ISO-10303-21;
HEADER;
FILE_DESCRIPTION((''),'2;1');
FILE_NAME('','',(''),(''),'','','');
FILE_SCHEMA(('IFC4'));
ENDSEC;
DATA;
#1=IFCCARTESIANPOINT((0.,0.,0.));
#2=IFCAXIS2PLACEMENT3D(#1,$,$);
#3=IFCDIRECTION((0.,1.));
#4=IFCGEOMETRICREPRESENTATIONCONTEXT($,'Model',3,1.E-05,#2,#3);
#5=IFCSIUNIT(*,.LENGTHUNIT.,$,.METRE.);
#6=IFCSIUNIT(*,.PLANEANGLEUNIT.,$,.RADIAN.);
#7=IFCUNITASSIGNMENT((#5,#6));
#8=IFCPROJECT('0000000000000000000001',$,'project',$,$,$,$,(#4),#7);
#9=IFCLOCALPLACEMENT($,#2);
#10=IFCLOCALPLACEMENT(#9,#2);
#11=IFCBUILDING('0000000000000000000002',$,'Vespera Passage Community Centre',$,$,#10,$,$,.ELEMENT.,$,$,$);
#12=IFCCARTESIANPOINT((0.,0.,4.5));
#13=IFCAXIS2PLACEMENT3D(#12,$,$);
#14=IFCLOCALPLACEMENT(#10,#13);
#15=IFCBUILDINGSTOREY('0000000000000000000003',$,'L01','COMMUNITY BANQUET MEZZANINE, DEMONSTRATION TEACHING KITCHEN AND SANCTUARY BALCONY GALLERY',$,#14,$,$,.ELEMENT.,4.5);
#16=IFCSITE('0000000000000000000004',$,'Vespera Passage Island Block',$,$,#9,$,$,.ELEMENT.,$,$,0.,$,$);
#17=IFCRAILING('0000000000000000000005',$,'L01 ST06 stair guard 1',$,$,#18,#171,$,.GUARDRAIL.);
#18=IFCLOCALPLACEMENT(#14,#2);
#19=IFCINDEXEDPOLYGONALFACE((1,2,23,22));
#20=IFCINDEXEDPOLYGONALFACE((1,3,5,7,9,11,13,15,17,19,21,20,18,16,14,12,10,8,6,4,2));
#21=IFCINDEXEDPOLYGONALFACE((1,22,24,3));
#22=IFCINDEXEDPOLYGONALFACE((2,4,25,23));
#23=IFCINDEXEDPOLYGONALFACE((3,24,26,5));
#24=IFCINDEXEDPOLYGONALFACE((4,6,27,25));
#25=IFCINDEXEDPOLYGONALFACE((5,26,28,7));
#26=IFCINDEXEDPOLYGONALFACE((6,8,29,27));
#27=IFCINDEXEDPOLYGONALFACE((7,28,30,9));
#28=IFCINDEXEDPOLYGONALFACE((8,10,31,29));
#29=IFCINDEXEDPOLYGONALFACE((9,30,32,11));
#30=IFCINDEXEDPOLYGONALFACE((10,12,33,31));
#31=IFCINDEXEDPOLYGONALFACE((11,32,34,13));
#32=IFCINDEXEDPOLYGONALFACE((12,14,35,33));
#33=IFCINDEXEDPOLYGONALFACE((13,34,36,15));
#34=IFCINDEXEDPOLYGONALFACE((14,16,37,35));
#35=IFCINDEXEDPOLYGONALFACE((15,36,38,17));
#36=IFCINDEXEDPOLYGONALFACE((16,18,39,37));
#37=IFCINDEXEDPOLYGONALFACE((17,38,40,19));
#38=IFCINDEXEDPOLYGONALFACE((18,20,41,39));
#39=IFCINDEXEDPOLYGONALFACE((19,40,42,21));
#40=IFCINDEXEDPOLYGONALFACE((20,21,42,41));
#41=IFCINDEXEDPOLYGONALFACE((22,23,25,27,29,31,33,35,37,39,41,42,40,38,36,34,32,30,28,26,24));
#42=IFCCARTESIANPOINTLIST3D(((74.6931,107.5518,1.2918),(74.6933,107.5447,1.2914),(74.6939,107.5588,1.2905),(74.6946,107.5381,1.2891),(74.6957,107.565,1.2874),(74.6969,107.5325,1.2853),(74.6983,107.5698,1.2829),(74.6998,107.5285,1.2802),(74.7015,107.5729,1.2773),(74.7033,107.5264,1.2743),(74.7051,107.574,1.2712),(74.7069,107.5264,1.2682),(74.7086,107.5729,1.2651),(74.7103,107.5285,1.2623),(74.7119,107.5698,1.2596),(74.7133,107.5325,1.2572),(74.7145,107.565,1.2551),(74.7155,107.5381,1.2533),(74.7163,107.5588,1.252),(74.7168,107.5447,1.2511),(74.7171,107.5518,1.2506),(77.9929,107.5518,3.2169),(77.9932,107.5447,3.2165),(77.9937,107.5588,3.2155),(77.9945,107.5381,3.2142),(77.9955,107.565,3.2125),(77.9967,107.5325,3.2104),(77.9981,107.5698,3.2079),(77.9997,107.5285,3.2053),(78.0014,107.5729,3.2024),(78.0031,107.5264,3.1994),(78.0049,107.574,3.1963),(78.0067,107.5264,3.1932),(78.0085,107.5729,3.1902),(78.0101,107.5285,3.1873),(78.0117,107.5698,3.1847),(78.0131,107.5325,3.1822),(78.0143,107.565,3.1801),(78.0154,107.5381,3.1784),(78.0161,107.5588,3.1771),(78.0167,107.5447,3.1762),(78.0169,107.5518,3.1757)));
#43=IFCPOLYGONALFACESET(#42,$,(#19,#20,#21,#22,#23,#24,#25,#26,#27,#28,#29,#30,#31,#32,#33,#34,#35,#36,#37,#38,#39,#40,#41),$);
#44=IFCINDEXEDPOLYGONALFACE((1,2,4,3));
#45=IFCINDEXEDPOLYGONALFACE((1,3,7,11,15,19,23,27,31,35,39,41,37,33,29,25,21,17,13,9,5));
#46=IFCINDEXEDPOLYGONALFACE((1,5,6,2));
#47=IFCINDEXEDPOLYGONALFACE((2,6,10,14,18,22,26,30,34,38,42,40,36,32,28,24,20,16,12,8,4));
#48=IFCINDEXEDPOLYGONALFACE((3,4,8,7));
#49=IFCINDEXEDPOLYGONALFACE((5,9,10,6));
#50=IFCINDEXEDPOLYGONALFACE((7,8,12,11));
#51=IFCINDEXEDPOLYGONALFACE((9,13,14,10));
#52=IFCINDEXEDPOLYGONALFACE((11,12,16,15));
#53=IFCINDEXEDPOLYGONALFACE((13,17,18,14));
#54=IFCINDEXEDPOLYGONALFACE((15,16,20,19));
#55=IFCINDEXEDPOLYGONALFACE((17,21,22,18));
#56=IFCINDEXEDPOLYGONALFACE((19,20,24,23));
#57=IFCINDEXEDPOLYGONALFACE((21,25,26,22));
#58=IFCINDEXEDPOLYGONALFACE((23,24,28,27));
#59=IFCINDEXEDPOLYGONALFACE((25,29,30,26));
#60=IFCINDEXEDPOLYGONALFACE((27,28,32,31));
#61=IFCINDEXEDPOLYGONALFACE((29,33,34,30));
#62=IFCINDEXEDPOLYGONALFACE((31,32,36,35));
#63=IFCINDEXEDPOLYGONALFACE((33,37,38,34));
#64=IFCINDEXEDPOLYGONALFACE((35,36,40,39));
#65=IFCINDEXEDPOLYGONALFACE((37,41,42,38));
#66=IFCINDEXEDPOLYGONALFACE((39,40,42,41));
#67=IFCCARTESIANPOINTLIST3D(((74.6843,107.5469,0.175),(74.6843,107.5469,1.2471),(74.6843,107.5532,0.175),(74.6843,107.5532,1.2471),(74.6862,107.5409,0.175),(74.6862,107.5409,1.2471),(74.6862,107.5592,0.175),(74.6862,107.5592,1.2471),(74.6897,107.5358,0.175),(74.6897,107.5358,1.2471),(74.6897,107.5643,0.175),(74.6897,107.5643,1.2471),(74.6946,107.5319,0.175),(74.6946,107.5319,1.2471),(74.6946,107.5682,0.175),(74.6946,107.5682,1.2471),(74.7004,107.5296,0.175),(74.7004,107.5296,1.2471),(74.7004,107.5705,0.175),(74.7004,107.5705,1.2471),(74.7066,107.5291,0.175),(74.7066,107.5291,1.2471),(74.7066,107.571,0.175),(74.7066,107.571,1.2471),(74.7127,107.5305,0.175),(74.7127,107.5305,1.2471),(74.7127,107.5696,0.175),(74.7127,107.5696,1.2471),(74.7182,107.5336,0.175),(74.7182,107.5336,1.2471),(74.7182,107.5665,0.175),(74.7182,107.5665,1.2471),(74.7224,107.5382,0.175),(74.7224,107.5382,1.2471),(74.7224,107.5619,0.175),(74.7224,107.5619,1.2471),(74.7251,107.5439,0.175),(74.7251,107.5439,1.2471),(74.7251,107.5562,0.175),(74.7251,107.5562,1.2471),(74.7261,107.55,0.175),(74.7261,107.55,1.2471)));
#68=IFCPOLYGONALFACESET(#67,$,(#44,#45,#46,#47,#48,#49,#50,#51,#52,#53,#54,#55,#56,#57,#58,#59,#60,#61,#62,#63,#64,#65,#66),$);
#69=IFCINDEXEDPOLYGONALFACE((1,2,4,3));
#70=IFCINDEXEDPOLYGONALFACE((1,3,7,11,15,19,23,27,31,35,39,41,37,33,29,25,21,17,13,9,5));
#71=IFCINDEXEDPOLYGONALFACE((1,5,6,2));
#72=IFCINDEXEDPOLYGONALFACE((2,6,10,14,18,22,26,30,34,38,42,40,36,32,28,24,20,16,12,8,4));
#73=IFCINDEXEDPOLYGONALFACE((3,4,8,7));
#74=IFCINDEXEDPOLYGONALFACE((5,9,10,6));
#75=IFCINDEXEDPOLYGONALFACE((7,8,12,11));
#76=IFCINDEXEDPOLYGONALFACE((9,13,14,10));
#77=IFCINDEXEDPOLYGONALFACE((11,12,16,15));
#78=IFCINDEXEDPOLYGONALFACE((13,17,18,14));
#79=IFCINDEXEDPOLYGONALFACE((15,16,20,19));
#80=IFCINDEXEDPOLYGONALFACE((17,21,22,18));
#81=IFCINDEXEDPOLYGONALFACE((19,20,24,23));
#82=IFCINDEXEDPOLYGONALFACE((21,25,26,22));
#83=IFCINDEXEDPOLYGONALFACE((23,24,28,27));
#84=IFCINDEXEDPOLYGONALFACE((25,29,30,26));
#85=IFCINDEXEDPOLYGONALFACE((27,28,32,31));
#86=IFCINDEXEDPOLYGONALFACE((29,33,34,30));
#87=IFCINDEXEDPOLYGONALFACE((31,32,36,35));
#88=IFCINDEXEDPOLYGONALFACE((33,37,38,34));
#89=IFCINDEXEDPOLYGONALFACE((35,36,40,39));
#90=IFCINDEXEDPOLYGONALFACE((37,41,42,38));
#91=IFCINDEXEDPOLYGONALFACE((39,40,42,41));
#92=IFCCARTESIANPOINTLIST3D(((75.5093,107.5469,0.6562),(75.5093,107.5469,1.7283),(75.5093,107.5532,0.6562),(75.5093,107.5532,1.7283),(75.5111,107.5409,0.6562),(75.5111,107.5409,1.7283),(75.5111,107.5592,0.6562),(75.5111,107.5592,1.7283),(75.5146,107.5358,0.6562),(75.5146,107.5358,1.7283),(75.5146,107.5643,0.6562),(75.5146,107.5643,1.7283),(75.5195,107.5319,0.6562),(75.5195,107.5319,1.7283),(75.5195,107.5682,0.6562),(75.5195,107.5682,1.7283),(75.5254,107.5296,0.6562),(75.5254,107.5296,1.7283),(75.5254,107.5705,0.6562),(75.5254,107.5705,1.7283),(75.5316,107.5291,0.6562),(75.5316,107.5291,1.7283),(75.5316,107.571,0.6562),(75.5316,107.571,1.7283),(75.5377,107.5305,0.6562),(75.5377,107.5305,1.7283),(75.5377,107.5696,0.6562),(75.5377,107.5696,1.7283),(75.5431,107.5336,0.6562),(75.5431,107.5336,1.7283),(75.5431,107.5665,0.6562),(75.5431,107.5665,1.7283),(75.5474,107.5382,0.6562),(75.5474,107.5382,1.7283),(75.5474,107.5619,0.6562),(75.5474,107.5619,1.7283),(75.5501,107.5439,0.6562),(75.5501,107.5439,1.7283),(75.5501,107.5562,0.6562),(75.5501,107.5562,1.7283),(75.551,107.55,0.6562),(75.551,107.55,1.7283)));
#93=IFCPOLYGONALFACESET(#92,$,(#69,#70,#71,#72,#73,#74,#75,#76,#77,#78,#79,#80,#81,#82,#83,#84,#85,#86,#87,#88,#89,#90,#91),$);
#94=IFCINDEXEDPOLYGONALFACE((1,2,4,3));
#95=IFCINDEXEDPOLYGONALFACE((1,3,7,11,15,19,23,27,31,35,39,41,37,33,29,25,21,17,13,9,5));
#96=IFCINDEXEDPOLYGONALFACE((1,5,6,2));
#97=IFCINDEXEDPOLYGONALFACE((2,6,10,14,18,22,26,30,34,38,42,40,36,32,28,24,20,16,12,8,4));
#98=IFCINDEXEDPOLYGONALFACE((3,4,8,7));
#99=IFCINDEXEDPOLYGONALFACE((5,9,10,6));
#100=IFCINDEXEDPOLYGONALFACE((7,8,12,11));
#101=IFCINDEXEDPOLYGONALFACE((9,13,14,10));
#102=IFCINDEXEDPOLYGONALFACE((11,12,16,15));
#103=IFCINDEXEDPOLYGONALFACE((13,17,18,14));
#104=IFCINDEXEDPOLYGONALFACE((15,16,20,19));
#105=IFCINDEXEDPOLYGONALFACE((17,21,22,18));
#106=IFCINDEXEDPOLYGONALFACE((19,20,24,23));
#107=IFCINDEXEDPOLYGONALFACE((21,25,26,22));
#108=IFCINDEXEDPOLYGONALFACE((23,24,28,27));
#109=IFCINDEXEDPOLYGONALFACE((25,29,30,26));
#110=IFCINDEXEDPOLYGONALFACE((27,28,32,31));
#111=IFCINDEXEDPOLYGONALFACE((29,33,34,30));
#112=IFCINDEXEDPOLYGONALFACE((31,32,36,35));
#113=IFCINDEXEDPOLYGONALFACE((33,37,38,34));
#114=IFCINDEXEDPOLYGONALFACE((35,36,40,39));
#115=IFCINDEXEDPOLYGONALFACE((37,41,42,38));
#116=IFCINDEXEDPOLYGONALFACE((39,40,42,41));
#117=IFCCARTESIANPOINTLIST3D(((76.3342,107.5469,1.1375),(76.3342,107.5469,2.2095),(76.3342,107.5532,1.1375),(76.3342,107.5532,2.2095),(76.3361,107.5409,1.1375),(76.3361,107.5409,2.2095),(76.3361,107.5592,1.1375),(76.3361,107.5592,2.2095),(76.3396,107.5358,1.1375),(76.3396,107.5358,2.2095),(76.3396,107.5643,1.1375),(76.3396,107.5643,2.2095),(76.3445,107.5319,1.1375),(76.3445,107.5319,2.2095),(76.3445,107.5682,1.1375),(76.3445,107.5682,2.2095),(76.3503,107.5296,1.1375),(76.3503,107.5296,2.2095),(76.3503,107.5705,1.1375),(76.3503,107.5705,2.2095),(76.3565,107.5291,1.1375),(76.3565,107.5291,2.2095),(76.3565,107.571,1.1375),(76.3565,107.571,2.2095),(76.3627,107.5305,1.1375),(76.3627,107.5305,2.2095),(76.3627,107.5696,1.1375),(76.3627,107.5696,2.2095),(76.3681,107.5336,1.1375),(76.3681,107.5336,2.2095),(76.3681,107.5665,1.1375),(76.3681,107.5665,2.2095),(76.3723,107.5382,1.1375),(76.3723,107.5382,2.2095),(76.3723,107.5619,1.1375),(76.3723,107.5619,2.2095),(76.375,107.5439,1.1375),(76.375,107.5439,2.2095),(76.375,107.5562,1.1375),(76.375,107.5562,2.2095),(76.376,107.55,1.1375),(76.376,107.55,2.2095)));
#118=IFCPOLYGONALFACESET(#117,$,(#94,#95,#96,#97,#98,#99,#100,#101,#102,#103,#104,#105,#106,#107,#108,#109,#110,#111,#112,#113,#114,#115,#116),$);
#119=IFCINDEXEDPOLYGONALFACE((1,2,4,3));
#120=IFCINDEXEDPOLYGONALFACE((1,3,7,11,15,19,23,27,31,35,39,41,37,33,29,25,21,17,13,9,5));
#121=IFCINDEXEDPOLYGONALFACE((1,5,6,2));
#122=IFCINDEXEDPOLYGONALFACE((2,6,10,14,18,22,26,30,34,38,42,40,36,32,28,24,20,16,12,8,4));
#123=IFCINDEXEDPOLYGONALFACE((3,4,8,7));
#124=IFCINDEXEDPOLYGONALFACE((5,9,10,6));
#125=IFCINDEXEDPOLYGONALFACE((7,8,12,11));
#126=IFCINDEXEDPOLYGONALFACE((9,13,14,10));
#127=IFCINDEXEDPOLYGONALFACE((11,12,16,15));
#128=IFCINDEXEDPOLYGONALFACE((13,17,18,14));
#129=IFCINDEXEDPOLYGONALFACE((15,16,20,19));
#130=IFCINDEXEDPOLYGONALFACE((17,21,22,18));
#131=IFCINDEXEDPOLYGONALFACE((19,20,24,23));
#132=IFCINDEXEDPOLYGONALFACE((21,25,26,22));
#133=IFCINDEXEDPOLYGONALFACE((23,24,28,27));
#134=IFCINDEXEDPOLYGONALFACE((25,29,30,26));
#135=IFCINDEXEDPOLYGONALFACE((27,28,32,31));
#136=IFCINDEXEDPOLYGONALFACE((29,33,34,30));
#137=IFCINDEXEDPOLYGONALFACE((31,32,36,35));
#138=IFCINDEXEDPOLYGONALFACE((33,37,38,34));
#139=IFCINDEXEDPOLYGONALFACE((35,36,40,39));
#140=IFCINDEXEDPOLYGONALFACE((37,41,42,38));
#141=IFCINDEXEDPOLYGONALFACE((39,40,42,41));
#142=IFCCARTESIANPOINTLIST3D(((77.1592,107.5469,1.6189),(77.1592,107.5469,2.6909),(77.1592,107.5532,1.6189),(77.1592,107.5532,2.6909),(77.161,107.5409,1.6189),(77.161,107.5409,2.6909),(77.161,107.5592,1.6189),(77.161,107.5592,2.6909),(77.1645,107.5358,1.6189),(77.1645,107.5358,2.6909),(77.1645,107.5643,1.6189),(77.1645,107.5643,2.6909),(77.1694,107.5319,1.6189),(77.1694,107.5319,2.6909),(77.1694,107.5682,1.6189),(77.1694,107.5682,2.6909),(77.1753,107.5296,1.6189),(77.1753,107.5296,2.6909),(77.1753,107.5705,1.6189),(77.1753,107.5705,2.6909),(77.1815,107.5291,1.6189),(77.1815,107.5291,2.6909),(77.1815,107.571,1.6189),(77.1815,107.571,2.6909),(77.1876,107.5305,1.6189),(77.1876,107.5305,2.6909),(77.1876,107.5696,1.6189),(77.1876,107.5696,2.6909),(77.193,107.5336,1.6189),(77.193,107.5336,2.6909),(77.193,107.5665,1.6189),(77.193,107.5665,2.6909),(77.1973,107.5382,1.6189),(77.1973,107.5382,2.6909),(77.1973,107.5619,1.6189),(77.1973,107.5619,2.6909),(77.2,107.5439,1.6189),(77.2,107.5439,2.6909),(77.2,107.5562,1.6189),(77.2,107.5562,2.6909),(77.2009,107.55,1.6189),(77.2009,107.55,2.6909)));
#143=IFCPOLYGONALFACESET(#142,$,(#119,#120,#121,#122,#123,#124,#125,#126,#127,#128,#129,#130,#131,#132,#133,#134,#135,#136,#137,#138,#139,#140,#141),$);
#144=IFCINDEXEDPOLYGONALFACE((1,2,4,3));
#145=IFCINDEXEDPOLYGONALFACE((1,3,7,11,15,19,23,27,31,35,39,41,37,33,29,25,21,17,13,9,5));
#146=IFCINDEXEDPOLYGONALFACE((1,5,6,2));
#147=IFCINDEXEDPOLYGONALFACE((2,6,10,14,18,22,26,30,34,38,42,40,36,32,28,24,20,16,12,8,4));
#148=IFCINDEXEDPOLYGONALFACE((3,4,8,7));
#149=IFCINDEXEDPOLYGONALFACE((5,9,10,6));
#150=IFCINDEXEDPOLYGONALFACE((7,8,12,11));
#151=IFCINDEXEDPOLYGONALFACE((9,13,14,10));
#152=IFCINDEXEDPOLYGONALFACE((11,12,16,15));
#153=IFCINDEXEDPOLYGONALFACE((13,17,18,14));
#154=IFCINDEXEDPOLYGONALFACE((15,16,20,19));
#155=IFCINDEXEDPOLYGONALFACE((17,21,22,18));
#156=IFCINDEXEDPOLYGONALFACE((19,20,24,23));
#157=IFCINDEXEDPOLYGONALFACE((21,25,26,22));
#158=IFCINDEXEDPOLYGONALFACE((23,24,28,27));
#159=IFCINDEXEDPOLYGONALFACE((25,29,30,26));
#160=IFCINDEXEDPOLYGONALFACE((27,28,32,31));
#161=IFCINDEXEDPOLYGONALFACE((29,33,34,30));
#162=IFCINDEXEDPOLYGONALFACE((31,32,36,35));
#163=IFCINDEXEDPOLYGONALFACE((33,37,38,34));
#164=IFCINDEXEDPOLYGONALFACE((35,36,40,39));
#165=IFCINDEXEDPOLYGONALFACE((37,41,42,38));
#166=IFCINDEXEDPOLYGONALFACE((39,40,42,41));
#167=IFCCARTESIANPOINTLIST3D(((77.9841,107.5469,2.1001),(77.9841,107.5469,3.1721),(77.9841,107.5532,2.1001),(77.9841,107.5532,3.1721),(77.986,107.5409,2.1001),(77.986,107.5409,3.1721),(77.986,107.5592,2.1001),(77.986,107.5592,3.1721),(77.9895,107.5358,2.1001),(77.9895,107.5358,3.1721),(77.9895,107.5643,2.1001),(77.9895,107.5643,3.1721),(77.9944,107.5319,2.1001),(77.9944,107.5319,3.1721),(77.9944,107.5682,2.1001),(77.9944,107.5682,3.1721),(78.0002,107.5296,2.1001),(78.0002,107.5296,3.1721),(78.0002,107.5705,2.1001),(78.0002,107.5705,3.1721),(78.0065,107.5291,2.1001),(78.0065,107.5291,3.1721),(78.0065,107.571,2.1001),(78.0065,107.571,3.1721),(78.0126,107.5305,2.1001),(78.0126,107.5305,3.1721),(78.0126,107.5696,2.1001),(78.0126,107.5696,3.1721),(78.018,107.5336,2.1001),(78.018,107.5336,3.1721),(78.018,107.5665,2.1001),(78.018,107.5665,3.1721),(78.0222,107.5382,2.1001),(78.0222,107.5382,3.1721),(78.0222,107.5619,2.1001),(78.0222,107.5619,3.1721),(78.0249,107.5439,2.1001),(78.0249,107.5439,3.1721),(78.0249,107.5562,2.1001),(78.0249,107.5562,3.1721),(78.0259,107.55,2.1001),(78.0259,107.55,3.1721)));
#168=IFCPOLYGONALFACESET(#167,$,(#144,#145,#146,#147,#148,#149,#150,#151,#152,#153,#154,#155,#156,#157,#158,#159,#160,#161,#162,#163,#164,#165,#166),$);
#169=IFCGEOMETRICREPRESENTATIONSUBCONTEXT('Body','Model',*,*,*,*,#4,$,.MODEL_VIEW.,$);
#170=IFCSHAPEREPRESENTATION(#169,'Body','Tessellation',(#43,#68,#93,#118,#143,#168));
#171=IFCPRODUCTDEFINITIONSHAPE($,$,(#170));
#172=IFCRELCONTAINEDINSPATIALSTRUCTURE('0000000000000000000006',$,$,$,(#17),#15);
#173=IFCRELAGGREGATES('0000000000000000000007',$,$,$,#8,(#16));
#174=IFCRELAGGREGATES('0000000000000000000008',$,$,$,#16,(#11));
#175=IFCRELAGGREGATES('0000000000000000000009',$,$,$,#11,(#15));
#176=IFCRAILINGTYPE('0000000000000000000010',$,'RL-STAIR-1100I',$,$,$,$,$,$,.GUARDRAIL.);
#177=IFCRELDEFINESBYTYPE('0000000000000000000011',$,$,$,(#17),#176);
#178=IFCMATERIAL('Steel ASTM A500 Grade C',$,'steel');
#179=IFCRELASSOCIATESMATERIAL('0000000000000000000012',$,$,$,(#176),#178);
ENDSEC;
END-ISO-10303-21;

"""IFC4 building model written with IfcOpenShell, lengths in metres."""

from ifc_helpers import new_model, si_unit, direction, frame, origin, origin_2d, place, context, subcontext, project, spatial, circle, extrude, material, type_object, element, save


model = new_model("IFC4")

# Units and contexts
model_context = context("Model", 3, precision=1e-05, world=origin(), true_north=direction((0.0, 1.0)))
body_context = subcontext(model_context, "Body", "Model", "MODEL_VIEW")
ifc_project = project(units=[si_unit("LENGTHUNIT", "METRE"), si_unit("PLANEANGLEUNIT", "RADIAN")], contexts=[model_context])

# Site, building, storey
site_placement = place(None, origin())
site = spatial("IfcSite", under=ifc_project, at=site_placement, Name="Vespera Passage Island Block", CompositionType="ELEMENT", RefElevation=0.0)
building_placement = place(site_placement, origin())
building = spatial("IfcBuilding", under=site, at=building_placement, Name="Vespera Passage Community Centre", CompositionType="ELEMENT")
storey_placement = place(building_placement, frame((0.0, 0.0, 4.5)))
storey = spatial("IfcBuildingStorey", under=building, at=storey_placement, Name="L01", Description="COMMUNITY BANQUET MEZZANINE, DEMONSTRATION TEACHING KITCHEN AND SANCTUARY BALCONY GALLERY", CompositionType="ELEMENT", Elevation=4.5)

# Railing
ifc_material_1 = material(Name="Steel ASTM A500 Grade C", Category="steel")
railing_type_1 = type_object("IfcRailingType", Name="RL-STAIR-1100I", PredefinedType="GUARDRAIL", material=ifc_material_1)
railing_1_placement = place(storey_placement, frame((74.7051, 107.55, 0.175)))
element("IfcRailing", 1, at=railing_1_placement, inside=storey, type_object=railing_type_1, Name="L01 ST06 stair guard 1", PredefinedType="GUARDRAIL", context=body_context, shape_type="SweptSolid", body=[
    extrude(circle(Radius=0.0239, at=origin_2d()), frame((0.0, 0.0, 1.0962), z_axis=(0.86376, 0.0, 0.503903), x_axis=(0.0, 1.0, 0.0)), (0.0, 0.0, 1.0), 3.8203),
    extrude(circle(Radius=0.021, at=origin_2d()), origin(), (0.0, 0.0, 1.0), 1.072),
    extrude(circle(Radius=0.021, at=origin_2d()), frame((0.825, 0.0, 0.4812)), (0.0, 0.0, 1.0), 1.072),
    extrude(circle(Radius=0.021, at=origin_2d()), frame((1.6499, 0.0, 0.9624)), (0.0, 0.0, 1.0), 1.072),
    extrude(circle(Radius=0.021, at=origin_2d()), frame((2.4749, 0.0, 1.4438)), (0.0, 0.0, 1.0), 1.072),
    extrude(circle(Radius=0.021, at=origin_2d()), frame((3.2998, 0.0, 1.925)), (0.0, 0.0, 1.0), 1.072),
])

save(model, "model.ifc")
